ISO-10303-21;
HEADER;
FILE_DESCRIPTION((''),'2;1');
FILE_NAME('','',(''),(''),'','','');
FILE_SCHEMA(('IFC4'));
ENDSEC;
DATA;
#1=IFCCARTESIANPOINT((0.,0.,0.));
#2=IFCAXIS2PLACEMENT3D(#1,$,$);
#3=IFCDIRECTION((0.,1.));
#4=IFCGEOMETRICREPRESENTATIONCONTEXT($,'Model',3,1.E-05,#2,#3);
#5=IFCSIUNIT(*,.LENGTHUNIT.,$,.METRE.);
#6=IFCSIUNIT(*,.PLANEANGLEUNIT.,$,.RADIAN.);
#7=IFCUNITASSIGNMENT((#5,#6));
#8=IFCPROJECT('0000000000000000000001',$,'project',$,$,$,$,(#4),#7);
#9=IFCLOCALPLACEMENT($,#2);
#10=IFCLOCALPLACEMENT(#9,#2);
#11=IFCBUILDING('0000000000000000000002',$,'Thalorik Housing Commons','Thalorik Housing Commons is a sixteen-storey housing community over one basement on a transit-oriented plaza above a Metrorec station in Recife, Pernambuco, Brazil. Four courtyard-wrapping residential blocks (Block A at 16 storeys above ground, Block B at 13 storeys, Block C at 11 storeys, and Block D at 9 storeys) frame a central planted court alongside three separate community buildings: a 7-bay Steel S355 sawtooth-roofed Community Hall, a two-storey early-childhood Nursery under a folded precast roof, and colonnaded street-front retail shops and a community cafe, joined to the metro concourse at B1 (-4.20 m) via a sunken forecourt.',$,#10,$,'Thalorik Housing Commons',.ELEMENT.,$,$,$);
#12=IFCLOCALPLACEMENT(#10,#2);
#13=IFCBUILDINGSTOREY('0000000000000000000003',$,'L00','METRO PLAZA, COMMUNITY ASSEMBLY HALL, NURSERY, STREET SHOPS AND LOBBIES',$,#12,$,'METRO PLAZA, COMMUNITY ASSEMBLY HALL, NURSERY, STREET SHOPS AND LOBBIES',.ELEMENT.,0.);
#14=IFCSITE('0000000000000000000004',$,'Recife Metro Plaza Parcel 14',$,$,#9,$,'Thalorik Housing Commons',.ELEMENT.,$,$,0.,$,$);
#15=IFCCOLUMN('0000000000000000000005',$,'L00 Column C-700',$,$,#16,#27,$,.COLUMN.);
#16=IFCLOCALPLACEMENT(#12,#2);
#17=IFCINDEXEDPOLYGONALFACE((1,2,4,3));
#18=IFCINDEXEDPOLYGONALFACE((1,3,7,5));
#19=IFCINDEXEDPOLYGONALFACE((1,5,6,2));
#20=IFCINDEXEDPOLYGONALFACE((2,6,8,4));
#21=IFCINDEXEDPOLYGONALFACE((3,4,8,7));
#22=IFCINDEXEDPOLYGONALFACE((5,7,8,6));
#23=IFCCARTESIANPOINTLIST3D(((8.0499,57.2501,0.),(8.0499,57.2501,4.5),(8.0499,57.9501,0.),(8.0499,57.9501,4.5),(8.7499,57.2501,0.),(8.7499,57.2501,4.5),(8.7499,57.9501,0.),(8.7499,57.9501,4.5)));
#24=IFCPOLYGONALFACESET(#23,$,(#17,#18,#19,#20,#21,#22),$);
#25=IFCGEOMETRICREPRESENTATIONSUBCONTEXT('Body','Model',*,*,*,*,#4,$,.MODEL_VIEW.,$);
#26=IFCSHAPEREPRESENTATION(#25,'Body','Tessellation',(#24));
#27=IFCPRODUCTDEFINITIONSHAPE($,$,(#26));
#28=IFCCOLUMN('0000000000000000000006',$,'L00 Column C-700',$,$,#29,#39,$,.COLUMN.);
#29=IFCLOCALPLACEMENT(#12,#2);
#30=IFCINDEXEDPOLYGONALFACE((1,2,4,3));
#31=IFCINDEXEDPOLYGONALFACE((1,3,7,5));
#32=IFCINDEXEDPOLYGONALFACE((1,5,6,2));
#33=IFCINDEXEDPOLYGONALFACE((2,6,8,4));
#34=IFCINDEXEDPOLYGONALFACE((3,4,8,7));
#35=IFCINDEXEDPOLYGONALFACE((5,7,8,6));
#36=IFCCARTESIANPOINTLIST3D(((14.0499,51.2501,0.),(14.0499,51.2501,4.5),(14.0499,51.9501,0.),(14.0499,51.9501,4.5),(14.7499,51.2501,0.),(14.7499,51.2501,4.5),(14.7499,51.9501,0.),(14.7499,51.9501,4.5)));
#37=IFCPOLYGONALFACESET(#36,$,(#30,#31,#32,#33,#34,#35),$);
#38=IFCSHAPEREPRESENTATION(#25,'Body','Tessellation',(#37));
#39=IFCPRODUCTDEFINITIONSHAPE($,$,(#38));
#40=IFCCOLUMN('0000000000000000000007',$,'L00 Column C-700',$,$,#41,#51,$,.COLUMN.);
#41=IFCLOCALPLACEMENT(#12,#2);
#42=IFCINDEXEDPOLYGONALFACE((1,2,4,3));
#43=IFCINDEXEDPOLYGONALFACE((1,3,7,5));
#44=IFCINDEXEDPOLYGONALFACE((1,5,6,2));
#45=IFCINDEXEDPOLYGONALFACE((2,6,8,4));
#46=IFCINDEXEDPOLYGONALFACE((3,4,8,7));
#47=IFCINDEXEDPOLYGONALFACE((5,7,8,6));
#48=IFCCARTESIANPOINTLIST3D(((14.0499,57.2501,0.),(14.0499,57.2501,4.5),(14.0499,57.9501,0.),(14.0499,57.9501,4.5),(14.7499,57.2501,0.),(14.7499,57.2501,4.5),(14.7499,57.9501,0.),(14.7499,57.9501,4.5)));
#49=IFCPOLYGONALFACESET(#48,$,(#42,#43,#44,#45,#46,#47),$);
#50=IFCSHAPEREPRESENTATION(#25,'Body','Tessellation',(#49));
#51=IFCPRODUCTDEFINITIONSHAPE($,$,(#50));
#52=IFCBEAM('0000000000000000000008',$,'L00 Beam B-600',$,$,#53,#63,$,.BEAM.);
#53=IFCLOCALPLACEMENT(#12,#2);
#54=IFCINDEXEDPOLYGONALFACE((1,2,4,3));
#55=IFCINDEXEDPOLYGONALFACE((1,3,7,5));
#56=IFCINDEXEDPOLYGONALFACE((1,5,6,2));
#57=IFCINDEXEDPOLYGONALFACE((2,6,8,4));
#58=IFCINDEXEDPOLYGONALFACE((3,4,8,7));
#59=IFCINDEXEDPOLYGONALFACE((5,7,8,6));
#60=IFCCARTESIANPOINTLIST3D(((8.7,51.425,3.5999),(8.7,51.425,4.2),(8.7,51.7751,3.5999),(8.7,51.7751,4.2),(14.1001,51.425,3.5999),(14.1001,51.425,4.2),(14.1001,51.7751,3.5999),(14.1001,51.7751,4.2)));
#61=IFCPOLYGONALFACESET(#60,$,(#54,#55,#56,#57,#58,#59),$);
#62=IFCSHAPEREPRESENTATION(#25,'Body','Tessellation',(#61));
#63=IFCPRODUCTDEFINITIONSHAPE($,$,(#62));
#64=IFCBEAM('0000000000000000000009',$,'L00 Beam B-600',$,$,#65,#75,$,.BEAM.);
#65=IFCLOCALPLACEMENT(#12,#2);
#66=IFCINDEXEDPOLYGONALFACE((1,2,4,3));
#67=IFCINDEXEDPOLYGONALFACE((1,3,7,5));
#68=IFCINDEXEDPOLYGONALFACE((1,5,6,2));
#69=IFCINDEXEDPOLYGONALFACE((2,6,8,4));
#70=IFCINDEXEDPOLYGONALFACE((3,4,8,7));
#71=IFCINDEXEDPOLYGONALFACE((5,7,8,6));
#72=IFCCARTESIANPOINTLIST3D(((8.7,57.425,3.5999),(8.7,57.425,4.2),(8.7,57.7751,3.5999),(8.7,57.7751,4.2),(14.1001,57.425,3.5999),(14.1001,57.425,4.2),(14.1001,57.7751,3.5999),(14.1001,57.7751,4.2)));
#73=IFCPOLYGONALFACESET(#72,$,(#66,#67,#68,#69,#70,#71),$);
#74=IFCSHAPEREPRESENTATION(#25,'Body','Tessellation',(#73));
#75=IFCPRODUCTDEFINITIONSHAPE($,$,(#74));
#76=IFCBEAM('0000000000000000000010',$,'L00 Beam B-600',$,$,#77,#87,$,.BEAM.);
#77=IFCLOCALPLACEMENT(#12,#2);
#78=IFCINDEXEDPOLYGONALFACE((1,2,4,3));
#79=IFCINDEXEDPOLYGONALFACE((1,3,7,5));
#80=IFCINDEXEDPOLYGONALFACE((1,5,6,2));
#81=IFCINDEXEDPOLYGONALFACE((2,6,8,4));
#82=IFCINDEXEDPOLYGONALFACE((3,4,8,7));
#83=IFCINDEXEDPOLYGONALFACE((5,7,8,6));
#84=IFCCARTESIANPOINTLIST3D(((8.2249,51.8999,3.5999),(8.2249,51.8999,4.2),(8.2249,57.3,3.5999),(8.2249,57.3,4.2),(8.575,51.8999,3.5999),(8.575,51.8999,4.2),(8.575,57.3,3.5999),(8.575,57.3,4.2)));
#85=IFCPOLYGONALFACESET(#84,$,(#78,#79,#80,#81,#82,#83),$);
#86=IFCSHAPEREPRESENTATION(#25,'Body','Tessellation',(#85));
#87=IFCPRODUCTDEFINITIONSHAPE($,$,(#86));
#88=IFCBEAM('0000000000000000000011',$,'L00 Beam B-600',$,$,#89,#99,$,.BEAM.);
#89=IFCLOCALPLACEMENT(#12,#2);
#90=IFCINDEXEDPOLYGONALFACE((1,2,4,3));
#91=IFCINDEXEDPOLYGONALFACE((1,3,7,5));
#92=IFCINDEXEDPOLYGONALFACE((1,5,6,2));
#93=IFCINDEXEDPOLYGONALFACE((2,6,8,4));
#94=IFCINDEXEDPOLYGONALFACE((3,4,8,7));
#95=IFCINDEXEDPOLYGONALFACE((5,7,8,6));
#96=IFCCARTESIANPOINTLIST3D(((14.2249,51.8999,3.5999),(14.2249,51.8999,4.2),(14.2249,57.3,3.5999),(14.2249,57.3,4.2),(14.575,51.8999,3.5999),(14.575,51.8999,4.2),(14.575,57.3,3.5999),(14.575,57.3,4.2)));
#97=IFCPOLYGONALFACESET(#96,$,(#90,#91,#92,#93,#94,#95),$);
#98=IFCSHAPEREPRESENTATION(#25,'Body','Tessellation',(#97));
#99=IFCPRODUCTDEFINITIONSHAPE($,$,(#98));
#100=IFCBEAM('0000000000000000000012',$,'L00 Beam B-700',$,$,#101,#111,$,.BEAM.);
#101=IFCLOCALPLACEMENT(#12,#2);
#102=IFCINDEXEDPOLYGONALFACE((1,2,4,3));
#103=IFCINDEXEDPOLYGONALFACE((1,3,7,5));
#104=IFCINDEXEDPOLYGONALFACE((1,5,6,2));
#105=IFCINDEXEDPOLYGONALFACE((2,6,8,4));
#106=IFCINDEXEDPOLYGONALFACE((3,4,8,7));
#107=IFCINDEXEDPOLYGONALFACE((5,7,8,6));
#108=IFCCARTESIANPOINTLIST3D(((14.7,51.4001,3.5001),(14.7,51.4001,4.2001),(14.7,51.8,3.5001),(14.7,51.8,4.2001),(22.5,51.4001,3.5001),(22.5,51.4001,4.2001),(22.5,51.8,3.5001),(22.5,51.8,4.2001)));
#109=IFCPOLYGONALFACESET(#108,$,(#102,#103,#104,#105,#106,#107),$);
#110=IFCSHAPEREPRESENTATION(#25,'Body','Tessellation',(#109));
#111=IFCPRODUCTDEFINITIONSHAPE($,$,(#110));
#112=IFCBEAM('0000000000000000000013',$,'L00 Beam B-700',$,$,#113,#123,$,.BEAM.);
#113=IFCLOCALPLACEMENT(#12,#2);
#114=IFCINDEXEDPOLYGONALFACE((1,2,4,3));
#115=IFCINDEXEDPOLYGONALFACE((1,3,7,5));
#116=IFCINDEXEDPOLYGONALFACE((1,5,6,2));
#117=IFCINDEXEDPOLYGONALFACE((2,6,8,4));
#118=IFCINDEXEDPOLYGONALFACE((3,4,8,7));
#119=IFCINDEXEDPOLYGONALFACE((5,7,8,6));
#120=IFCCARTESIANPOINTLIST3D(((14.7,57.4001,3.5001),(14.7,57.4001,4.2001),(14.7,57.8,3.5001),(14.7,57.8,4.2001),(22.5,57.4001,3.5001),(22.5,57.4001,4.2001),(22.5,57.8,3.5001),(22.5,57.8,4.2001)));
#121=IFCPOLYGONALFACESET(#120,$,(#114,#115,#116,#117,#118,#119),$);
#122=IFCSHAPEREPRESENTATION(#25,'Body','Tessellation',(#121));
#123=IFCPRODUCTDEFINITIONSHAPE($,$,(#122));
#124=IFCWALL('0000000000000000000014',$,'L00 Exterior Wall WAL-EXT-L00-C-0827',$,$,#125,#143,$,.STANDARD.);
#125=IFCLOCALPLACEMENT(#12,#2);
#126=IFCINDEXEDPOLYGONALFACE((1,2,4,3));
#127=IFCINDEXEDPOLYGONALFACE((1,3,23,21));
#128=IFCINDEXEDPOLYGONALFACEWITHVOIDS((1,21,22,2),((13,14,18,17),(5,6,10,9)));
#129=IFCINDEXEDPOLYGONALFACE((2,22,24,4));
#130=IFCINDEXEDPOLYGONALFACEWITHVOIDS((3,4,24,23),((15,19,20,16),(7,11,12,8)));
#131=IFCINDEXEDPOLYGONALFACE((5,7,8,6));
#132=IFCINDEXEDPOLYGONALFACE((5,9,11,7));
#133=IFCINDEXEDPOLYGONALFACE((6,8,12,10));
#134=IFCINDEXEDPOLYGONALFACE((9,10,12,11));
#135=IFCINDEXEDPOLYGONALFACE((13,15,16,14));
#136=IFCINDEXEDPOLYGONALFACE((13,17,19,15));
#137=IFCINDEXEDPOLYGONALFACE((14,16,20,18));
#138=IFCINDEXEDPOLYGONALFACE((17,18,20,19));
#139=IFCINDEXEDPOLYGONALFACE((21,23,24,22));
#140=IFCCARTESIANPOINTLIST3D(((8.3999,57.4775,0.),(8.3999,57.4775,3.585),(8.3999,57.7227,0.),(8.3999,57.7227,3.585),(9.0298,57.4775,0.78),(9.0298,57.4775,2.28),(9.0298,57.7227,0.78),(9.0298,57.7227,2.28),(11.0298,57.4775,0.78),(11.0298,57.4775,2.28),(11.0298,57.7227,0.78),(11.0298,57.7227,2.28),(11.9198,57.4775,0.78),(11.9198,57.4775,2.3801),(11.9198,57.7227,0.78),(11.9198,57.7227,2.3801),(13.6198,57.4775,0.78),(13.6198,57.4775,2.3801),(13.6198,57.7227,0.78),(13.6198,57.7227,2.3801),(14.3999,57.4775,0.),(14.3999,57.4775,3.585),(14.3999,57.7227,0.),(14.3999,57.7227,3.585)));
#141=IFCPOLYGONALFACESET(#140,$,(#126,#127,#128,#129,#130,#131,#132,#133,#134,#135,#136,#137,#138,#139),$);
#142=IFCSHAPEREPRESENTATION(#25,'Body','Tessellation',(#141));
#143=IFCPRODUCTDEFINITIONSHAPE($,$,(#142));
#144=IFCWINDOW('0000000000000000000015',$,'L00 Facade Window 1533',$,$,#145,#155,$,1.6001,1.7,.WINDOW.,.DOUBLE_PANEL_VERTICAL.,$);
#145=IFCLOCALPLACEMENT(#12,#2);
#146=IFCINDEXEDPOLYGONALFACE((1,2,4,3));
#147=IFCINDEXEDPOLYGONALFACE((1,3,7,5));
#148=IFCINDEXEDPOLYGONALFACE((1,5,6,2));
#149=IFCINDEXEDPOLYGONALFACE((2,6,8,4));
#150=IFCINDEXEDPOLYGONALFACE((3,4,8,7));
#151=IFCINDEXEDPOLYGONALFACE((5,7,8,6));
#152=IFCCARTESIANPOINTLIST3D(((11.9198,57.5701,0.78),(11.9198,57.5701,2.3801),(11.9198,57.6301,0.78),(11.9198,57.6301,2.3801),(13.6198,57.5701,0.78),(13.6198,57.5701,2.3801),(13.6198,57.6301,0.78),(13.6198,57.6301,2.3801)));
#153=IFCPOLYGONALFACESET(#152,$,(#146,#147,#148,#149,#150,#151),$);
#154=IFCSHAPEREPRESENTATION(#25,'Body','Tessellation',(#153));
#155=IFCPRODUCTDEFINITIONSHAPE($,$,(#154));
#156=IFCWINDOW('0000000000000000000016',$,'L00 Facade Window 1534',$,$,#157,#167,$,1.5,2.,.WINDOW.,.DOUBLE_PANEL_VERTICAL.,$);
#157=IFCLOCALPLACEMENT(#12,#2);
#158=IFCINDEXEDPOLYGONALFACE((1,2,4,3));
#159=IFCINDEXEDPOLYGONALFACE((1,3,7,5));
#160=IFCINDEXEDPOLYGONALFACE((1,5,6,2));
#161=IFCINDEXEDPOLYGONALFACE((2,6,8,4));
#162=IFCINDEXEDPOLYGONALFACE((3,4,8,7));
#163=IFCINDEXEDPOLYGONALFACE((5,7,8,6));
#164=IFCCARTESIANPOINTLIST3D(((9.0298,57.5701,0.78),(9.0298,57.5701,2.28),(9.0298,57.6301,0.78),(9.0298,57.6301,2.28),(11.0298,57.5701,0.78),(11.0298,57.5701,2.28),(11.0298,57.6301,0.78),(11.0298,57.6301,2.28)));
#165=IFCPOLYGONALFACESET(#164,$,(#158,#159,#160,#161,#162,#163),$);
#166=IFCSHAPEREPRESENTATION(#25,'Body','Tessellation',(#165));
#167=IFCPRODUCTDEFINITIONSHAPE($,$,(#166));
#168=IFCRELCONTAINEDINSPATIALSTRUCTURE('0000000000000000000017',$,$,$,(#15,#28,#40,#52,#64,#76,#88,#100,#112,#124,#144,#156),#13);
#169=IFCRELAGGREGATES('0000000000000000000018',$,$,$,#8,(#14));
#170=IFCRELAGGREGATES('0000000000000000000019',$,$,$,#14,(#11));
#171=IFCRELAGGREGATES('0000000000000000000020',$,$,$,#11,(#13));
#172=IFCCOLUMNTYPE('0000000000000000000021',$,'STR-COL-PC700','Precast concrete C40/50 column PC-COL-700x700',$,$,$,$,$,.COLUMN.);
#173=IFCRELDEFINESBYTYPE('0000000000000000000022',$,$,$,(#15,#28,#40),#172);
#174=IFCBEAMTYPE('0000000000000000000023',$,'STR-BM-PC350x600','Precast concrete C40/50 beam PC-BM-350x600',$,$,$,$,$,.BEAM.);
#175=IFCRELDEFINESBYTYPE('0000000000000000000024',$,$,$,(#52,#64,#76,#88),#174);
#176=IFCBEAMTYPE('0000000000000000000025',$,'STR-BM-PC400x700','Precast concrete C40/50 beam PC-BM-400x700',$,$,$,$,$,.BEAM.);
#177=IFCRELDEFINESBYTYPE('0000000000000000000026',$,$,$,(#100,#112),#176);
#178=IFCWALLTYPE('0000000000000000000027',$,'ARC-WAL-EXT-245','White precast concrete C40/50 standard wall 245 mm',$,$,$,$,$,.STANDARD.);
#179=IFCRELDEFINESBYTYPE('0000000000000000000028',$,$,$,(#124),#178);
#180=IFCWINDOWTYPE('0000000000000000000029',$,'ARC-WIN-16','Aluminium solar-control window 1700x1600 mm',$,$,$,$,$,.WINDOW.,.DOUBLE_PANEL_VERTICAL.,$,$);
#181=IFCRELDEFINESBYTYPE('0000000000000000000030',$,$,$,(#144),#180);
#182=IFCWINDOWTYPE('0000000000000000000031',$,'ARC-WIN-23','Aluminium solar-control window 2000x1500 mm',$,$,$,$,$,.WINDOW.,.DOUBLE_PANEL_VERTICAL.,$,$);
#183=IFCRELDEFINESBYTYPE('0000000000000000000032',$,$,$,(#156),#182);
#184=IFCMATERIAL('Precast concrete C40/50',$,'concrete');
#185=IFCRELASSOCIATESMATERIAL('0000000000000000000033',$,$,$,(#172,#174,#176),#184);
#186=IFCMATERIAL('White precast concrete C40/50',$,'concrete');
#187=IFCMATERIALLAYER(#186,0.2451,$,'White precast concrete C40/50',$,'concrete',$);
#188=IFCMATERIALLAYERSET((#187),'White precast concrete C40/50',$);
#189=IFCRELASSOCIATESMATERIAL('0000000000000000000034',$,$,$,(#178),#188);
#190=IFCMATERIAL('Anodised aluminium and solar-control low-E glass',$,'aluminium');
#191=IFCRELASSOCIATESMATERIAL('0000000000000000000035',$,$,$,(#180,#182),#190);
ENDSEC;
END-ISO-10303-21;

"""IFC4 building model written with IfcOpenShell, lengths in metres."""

from ifc_helpers import new_model, si_unit, direction, frame, frame_2d, origin, origin_2d, place, context, subcontext, project, spatial, rectangle, extrude, material, layer, layer_set, material_profile, profile_set, type_object, element, fill, save


model = new_model("IFC4")

# Units and contexts
model_context = context("Model", 3, precision=1e-05, world=origin(), true_north=direction((0.0, 1.0)))
body_context = subcontext(model_context, "Body", "Model", "MODEL_VIEW")
ifc_project = project(units=[si_unit("LENGTHUNIT", "METRE"), si_unit("PLANEANGLEUNIT", "RADIAN")], contexts=[model_context])

# Site, building, storey
site_placement = place(None, origin())
site = spatial("IfcSite", under=ifc_project, at=site_placement, Name="Recife Metro Plaza Parcel 14", LongName="Thalorik Housing Commons", CompositionType="ELEMENT", RefElevation=0.0)
building_placement = place(site_placement, origin())
building = spatial("IfcBuilding", under=site, at=building_placement, Name="Thalorik Housing Commons", Description="Thalorik Housing Commons is a sixteen-storey housing community over one basement on a transit-oriented plaza above a Metrorec station in Recife, Pernambuco, Brazil. Four courtyard-wrapping residential blocks (Block A at 16 storeys above ground, Block B at 13 storeys, Block C at 11 storeys, and Block D at 9 storeys) frame a central planted court alongside three separate community buildings: a 7-bay Steel S355 sawtooth-roofed Community Hall, a two-storey early-childhood Nursery under a folded precast roof, and colonnaded street-front retail shops and a community cafe, joined to the metro concourse at B1 (-4.20 m) via a sunken forecourt.", LongName="Thalorik Housing Commons", CompositionType="ELEMENT")
storey_placement = place(building_placement, origin())
storey = spatial("IfcBuildingStorey", under=building, at=storey_placement, Name="L00", Description="METRO PLAZA, COMMUNITY ASSEMBLY HALL, NURSERY, STREET SHOPS AND LOBBIES", LongName="METRO PLAZA, COMMUNITY ASSEMBLY HALL, NURSERY, STREET SHOPS AND LOBBIES", CompositionType="ELEMENT", Elevation=0.0)

# Columns
ifc_material_1 = material(Name="Precast concrete C40/50", Category="concrete")
ifc_material_profile_1 = material_profile(ifc_material_1, rectangle(XDim=0.7, YDim=0.7, at=origin_2d()), Name="PC 700x700", Category="concrete")
ifc_profile_set_1 = profile_set([ifc_material_profile_1], Name="Precast concrete C40/50")
column_type = type_object("IfcColumnType", Name="STR-COL-PC700", Description="Precast concrete C40/50 column PC-COL-700x700", PredefinedType="COLUMN", material=ifc_profile_set_1)
for number, where, z_axis, x_axis, name in (
    (1, (8.3999, 57.6001, 0.0), (0.0, 0.0, 1.0), (1.0, 0.0, 0.0), "L00 Column C-700"),
    (2, (14.3999, 51.6001, 0.0), (0.0, 0.0, 1.0), (1.0, 0.0, 0.0), "L00 Column C-700"),
    (3, (14.3999, 57.6001, 0.0), (0.0, 0.0, 1.0), (1.0, 0.0, 0.0), "L00 Column C-700"),
):
    element("IfcColumn", number, at=place(storey_placement, frame(where, z_axis=z_axis, x_axis=x_axis)), inside=storey, type_object=column_type, Name=name, PredefinedType="COLUMN", context=body_context, shape_type="SweptSolid", body=[
        extrude(rectangle(XDim=0.7, YDim=0.7, at=origin_2d()), origin(), (0.0, 0.0, 1.0), 4.5),
    ])

# Beams
ifc_material_profile_2 = material_profile(ifc_material_1, rectangle(XDim=0.3501, YDim=0.6001, at=origin_2d()), Name="PC 350x600", Category="concrete")
ifc_profile_set_2 = profile_set([ifc_material_profile_2], Name="Precast concrete C40/50")
beam_type_1 = type_object("IfcBeamType", Name="STR-BM-PC350x600", Description="Precast concrete C40/50 beam PC-BM-350x600", PredefinedType="BEAM", material=ifc_profile_set_2)
for number, where, z_axis, x_axis, name in (
    (4, (8.7, 51.6001, 3.8999), (1.0, 0.0, 0.0), (0.0, 1.0, 0.0), "L00 Beam B-600"),
    (5, (8.7, 57.6001, 3.8999), (1.0, 0.0, 0.0), (0.0, 1.0, 0.0), "L00 Beam B-600"),
    (6, (8.3999, 51.8999, 3.8999), (0.0, 1.0, 0.0), (-1.0, 0.0, 0.0), "L00 Beam B-600"),
    (7, (14.3999, 51.8999, 3.8999), (0.0, 1.0, 0.0), (-1.0, 0.0, 0.0), "L00 Beam B-600"),
):
    element("IfcBeam", number, at=place(storey_placement, frame(where, z_axis=z_axis, x_axis=x_axis)), inside=storey, type_object=beam_type_1, Name=name, PredefinedType="BEAM", context=body_context, shape_type="SweptSolid", body=[
        extrude(rectangle(XDim=0.3501, YDim=0.6001, at=origin_2d()), origin(), (0.0, 0.0, 1.0), 5.4001),
    ])
ifc_material_profile_3 = material_profile(ifc_material_1, rectangle(XDim=0.3999, YDim=0.7, at=origin_2d()), Name="PC 400x700", Category="concrete")
ifc_profile_set_3 = profile_set([ifc_material_profile_3], Name="Precast concrete C40/50")
beam_type_2 = type_object("IfcBeamType", Name="STR-BM-PC400x700", Description="Precast concrete C40/50 beam PC-BM-400x700", PredefinedType="BEAM", material=ifc_profile_set_3)
for number, where, z_axis, x_axis, name in (
    (8, (14.7, 51.6001, 3.8501), (1.0, 0.0, 0.0), (0.0, 1.0, 0.0), "L00 Beam B-700"),
    (9, (14.7, 57.6001, 3.8501), (1.0, 0.0, 0.0), (0.0, 1.0, 0.0), "L00 Beam B-700"),
):
    element("IfcBeam", number, at=place(storey_placement, frame(where, z_axis=z_axis, x_axis=x_axis)), inside=storey, type_object=beam_type_2, Name=name, PredefinedType="BEAM", context=body_context, shape_type="SweptSolid", body=[
        extrude(rectangle(XDim=0.3999, YDim=0.7, at=origin_2d()), origin(), (0.0, 0.0, 1.0), 7.8),
    ])

# Wall, openings, windows
ifc_material_2 = material(Name="White precast concrete C40/50", Category="concrete")
ifc_layer_1 = layer(ifc_material_2, 0.2451, Name="White precast concrete C40/50", Category="concrete")
ifc_layer_set_1 = layer_set([ifc_layer_1], Name="White precast concrete C40/50")
wall_type = type_object("IfcWallType", Name="ARC-WAL-EXT-245", Description="White precast concrete C40/50 standard wall 245 mm", PredefinedType="STANDARD", material=ifc_layer_set_1)
wall_1_placement = place(storey_placement, frame((14.3999, 57.6001, 0.0), z_axis=(0.0, 0.0, 1.0), x_axis=(-1.0, 0.0, 0.0)))
wall_1 = element("IfcWall", 10, at=wall_1_placement, inside=storey, type_object=wall_type, Name="L00 Exterior Wall WAL-EXT-L00-C-0827", PredefinedType="STANDARD", context=body_context, shape_type="SweptSolid", body=[
    extrude(rectangle(XDim=6.0, YDim=0.2451, at=frame_2d((3.0, 0.0))), origin(), (0.0, 0.0, 1.0), 3.585),
])
opening_1_placement = place(wall_1_placement, frame((0.78, 0.0, 0.78)))
opening_1 = element("IfcOpeningElement", 11, at=opening_1_placement, cuts=wall_1, PredefinedType="OPENING", context=body_context, shape_type="SweptSolid", body=[
    extrude(rectangle(XDim=1.7, YDim=1.6001, at=frame_2d((0.8501, 0.8))), frame((0.0, 0.1326, 0.0), z_axis=(0.0, -1.0, 0.0), x_axis=(1.0, 0.0, 0.0)), (0.0, 0.0, 1.0), 0.2651),
])
opening_2_placement = place(wall_1_placement, frame((3.3701, 0.0, 0.78)))
opening_2 = element("IfcOpeningElement", 12, at=opening_2_placement, cuts=wall_1, PredefinedType="OPENING", context=body_context, shape_type="SweptSolid", body=[
    extrude(rectangle(XDim=2.0, YDim=1.5, at=frame_2d((1.0, 0.75))), frame((0.0, 0.1326, 0.0), z_axis=(0.0, -1.0, 0.0), x_axis=(1.0, 0.0, 0.0)), (0.0, 0.0, 1.0), 0.2651),
])
ifc_material_3 = material(Name="Anodised aluminium and solar-control low-E glass", Category="aluminium")
window_type_1 = type_object("IfcWindowType", Name="ARC-WIN-16", Description="Aluminium solar-control window 1700x1600 mm", PartitioningType="DOUBLE_PANEL_VERTICAL", PredefinedType="WINDOW", material=ifc_material_3)
window_1_placement = place(opening_1_placement, origin())
window_1 = element("IfcWindow", 13, at=window_1_placement, inside=storey, type_object=window_type_1, Name="L00 Facade Window 1533", OverallHeight=1.6001, OverallWidth=1.7, PartitioningType="DOUBLE_PANEL_VERTICAL", PredefinedType="WINDOW", context=body_context, shape_type="SweptSolid", body=[
    extrude(rectangle(XDim=1.7, YDim=1.6001, at=frame_2d((0.8501, 0.8))), frame((0.0, 0.03, 0.0), z_axis=(0.0, -1.0, 0.0), x_axis=(1.0, 0.0, 0.0)), (0.0, 0.0, 1.0), 0.0601),
])
fill(opening_1, window_1)
window_type_2 = type_object("IfcWindowType", Name="ARC-WIN-23", Description="Aluminium solar-control window 2000x1500 mm", PartitioningType="DOUBLE_PANEL_VERTICAL", PredefinedType="WINDOW", material=ifc_material_3)
window_2_placement = place(opening_2_placement, origin())
window_2 = element("IfcWindow", 14, at=window_2_placement, inside=storey, type_object=window_type_2, Name="L00 Facade Window 1534", OverallHeight=1.5, OverallWidth=2.0, PartitioningType="DOUBLE_PANEL_VERTICAL", PredefinedType="WINDOW", context=body_context, shape_type="SweptSolid", body=[
    extrude(rectangle(XDim=2.0, YDim=1.5, at=frame_2d((1.0, 0.75))), frame((0.0, 0.03, 0.0), z_axis=(0.0, -1.0, 0.0), x_axis=(1.0, 0.0, 0.0)), (0.0, 0.0, 1.0), 0.0601),
])
fill(opening_2, window_2)

save(model, "model.ifc")
